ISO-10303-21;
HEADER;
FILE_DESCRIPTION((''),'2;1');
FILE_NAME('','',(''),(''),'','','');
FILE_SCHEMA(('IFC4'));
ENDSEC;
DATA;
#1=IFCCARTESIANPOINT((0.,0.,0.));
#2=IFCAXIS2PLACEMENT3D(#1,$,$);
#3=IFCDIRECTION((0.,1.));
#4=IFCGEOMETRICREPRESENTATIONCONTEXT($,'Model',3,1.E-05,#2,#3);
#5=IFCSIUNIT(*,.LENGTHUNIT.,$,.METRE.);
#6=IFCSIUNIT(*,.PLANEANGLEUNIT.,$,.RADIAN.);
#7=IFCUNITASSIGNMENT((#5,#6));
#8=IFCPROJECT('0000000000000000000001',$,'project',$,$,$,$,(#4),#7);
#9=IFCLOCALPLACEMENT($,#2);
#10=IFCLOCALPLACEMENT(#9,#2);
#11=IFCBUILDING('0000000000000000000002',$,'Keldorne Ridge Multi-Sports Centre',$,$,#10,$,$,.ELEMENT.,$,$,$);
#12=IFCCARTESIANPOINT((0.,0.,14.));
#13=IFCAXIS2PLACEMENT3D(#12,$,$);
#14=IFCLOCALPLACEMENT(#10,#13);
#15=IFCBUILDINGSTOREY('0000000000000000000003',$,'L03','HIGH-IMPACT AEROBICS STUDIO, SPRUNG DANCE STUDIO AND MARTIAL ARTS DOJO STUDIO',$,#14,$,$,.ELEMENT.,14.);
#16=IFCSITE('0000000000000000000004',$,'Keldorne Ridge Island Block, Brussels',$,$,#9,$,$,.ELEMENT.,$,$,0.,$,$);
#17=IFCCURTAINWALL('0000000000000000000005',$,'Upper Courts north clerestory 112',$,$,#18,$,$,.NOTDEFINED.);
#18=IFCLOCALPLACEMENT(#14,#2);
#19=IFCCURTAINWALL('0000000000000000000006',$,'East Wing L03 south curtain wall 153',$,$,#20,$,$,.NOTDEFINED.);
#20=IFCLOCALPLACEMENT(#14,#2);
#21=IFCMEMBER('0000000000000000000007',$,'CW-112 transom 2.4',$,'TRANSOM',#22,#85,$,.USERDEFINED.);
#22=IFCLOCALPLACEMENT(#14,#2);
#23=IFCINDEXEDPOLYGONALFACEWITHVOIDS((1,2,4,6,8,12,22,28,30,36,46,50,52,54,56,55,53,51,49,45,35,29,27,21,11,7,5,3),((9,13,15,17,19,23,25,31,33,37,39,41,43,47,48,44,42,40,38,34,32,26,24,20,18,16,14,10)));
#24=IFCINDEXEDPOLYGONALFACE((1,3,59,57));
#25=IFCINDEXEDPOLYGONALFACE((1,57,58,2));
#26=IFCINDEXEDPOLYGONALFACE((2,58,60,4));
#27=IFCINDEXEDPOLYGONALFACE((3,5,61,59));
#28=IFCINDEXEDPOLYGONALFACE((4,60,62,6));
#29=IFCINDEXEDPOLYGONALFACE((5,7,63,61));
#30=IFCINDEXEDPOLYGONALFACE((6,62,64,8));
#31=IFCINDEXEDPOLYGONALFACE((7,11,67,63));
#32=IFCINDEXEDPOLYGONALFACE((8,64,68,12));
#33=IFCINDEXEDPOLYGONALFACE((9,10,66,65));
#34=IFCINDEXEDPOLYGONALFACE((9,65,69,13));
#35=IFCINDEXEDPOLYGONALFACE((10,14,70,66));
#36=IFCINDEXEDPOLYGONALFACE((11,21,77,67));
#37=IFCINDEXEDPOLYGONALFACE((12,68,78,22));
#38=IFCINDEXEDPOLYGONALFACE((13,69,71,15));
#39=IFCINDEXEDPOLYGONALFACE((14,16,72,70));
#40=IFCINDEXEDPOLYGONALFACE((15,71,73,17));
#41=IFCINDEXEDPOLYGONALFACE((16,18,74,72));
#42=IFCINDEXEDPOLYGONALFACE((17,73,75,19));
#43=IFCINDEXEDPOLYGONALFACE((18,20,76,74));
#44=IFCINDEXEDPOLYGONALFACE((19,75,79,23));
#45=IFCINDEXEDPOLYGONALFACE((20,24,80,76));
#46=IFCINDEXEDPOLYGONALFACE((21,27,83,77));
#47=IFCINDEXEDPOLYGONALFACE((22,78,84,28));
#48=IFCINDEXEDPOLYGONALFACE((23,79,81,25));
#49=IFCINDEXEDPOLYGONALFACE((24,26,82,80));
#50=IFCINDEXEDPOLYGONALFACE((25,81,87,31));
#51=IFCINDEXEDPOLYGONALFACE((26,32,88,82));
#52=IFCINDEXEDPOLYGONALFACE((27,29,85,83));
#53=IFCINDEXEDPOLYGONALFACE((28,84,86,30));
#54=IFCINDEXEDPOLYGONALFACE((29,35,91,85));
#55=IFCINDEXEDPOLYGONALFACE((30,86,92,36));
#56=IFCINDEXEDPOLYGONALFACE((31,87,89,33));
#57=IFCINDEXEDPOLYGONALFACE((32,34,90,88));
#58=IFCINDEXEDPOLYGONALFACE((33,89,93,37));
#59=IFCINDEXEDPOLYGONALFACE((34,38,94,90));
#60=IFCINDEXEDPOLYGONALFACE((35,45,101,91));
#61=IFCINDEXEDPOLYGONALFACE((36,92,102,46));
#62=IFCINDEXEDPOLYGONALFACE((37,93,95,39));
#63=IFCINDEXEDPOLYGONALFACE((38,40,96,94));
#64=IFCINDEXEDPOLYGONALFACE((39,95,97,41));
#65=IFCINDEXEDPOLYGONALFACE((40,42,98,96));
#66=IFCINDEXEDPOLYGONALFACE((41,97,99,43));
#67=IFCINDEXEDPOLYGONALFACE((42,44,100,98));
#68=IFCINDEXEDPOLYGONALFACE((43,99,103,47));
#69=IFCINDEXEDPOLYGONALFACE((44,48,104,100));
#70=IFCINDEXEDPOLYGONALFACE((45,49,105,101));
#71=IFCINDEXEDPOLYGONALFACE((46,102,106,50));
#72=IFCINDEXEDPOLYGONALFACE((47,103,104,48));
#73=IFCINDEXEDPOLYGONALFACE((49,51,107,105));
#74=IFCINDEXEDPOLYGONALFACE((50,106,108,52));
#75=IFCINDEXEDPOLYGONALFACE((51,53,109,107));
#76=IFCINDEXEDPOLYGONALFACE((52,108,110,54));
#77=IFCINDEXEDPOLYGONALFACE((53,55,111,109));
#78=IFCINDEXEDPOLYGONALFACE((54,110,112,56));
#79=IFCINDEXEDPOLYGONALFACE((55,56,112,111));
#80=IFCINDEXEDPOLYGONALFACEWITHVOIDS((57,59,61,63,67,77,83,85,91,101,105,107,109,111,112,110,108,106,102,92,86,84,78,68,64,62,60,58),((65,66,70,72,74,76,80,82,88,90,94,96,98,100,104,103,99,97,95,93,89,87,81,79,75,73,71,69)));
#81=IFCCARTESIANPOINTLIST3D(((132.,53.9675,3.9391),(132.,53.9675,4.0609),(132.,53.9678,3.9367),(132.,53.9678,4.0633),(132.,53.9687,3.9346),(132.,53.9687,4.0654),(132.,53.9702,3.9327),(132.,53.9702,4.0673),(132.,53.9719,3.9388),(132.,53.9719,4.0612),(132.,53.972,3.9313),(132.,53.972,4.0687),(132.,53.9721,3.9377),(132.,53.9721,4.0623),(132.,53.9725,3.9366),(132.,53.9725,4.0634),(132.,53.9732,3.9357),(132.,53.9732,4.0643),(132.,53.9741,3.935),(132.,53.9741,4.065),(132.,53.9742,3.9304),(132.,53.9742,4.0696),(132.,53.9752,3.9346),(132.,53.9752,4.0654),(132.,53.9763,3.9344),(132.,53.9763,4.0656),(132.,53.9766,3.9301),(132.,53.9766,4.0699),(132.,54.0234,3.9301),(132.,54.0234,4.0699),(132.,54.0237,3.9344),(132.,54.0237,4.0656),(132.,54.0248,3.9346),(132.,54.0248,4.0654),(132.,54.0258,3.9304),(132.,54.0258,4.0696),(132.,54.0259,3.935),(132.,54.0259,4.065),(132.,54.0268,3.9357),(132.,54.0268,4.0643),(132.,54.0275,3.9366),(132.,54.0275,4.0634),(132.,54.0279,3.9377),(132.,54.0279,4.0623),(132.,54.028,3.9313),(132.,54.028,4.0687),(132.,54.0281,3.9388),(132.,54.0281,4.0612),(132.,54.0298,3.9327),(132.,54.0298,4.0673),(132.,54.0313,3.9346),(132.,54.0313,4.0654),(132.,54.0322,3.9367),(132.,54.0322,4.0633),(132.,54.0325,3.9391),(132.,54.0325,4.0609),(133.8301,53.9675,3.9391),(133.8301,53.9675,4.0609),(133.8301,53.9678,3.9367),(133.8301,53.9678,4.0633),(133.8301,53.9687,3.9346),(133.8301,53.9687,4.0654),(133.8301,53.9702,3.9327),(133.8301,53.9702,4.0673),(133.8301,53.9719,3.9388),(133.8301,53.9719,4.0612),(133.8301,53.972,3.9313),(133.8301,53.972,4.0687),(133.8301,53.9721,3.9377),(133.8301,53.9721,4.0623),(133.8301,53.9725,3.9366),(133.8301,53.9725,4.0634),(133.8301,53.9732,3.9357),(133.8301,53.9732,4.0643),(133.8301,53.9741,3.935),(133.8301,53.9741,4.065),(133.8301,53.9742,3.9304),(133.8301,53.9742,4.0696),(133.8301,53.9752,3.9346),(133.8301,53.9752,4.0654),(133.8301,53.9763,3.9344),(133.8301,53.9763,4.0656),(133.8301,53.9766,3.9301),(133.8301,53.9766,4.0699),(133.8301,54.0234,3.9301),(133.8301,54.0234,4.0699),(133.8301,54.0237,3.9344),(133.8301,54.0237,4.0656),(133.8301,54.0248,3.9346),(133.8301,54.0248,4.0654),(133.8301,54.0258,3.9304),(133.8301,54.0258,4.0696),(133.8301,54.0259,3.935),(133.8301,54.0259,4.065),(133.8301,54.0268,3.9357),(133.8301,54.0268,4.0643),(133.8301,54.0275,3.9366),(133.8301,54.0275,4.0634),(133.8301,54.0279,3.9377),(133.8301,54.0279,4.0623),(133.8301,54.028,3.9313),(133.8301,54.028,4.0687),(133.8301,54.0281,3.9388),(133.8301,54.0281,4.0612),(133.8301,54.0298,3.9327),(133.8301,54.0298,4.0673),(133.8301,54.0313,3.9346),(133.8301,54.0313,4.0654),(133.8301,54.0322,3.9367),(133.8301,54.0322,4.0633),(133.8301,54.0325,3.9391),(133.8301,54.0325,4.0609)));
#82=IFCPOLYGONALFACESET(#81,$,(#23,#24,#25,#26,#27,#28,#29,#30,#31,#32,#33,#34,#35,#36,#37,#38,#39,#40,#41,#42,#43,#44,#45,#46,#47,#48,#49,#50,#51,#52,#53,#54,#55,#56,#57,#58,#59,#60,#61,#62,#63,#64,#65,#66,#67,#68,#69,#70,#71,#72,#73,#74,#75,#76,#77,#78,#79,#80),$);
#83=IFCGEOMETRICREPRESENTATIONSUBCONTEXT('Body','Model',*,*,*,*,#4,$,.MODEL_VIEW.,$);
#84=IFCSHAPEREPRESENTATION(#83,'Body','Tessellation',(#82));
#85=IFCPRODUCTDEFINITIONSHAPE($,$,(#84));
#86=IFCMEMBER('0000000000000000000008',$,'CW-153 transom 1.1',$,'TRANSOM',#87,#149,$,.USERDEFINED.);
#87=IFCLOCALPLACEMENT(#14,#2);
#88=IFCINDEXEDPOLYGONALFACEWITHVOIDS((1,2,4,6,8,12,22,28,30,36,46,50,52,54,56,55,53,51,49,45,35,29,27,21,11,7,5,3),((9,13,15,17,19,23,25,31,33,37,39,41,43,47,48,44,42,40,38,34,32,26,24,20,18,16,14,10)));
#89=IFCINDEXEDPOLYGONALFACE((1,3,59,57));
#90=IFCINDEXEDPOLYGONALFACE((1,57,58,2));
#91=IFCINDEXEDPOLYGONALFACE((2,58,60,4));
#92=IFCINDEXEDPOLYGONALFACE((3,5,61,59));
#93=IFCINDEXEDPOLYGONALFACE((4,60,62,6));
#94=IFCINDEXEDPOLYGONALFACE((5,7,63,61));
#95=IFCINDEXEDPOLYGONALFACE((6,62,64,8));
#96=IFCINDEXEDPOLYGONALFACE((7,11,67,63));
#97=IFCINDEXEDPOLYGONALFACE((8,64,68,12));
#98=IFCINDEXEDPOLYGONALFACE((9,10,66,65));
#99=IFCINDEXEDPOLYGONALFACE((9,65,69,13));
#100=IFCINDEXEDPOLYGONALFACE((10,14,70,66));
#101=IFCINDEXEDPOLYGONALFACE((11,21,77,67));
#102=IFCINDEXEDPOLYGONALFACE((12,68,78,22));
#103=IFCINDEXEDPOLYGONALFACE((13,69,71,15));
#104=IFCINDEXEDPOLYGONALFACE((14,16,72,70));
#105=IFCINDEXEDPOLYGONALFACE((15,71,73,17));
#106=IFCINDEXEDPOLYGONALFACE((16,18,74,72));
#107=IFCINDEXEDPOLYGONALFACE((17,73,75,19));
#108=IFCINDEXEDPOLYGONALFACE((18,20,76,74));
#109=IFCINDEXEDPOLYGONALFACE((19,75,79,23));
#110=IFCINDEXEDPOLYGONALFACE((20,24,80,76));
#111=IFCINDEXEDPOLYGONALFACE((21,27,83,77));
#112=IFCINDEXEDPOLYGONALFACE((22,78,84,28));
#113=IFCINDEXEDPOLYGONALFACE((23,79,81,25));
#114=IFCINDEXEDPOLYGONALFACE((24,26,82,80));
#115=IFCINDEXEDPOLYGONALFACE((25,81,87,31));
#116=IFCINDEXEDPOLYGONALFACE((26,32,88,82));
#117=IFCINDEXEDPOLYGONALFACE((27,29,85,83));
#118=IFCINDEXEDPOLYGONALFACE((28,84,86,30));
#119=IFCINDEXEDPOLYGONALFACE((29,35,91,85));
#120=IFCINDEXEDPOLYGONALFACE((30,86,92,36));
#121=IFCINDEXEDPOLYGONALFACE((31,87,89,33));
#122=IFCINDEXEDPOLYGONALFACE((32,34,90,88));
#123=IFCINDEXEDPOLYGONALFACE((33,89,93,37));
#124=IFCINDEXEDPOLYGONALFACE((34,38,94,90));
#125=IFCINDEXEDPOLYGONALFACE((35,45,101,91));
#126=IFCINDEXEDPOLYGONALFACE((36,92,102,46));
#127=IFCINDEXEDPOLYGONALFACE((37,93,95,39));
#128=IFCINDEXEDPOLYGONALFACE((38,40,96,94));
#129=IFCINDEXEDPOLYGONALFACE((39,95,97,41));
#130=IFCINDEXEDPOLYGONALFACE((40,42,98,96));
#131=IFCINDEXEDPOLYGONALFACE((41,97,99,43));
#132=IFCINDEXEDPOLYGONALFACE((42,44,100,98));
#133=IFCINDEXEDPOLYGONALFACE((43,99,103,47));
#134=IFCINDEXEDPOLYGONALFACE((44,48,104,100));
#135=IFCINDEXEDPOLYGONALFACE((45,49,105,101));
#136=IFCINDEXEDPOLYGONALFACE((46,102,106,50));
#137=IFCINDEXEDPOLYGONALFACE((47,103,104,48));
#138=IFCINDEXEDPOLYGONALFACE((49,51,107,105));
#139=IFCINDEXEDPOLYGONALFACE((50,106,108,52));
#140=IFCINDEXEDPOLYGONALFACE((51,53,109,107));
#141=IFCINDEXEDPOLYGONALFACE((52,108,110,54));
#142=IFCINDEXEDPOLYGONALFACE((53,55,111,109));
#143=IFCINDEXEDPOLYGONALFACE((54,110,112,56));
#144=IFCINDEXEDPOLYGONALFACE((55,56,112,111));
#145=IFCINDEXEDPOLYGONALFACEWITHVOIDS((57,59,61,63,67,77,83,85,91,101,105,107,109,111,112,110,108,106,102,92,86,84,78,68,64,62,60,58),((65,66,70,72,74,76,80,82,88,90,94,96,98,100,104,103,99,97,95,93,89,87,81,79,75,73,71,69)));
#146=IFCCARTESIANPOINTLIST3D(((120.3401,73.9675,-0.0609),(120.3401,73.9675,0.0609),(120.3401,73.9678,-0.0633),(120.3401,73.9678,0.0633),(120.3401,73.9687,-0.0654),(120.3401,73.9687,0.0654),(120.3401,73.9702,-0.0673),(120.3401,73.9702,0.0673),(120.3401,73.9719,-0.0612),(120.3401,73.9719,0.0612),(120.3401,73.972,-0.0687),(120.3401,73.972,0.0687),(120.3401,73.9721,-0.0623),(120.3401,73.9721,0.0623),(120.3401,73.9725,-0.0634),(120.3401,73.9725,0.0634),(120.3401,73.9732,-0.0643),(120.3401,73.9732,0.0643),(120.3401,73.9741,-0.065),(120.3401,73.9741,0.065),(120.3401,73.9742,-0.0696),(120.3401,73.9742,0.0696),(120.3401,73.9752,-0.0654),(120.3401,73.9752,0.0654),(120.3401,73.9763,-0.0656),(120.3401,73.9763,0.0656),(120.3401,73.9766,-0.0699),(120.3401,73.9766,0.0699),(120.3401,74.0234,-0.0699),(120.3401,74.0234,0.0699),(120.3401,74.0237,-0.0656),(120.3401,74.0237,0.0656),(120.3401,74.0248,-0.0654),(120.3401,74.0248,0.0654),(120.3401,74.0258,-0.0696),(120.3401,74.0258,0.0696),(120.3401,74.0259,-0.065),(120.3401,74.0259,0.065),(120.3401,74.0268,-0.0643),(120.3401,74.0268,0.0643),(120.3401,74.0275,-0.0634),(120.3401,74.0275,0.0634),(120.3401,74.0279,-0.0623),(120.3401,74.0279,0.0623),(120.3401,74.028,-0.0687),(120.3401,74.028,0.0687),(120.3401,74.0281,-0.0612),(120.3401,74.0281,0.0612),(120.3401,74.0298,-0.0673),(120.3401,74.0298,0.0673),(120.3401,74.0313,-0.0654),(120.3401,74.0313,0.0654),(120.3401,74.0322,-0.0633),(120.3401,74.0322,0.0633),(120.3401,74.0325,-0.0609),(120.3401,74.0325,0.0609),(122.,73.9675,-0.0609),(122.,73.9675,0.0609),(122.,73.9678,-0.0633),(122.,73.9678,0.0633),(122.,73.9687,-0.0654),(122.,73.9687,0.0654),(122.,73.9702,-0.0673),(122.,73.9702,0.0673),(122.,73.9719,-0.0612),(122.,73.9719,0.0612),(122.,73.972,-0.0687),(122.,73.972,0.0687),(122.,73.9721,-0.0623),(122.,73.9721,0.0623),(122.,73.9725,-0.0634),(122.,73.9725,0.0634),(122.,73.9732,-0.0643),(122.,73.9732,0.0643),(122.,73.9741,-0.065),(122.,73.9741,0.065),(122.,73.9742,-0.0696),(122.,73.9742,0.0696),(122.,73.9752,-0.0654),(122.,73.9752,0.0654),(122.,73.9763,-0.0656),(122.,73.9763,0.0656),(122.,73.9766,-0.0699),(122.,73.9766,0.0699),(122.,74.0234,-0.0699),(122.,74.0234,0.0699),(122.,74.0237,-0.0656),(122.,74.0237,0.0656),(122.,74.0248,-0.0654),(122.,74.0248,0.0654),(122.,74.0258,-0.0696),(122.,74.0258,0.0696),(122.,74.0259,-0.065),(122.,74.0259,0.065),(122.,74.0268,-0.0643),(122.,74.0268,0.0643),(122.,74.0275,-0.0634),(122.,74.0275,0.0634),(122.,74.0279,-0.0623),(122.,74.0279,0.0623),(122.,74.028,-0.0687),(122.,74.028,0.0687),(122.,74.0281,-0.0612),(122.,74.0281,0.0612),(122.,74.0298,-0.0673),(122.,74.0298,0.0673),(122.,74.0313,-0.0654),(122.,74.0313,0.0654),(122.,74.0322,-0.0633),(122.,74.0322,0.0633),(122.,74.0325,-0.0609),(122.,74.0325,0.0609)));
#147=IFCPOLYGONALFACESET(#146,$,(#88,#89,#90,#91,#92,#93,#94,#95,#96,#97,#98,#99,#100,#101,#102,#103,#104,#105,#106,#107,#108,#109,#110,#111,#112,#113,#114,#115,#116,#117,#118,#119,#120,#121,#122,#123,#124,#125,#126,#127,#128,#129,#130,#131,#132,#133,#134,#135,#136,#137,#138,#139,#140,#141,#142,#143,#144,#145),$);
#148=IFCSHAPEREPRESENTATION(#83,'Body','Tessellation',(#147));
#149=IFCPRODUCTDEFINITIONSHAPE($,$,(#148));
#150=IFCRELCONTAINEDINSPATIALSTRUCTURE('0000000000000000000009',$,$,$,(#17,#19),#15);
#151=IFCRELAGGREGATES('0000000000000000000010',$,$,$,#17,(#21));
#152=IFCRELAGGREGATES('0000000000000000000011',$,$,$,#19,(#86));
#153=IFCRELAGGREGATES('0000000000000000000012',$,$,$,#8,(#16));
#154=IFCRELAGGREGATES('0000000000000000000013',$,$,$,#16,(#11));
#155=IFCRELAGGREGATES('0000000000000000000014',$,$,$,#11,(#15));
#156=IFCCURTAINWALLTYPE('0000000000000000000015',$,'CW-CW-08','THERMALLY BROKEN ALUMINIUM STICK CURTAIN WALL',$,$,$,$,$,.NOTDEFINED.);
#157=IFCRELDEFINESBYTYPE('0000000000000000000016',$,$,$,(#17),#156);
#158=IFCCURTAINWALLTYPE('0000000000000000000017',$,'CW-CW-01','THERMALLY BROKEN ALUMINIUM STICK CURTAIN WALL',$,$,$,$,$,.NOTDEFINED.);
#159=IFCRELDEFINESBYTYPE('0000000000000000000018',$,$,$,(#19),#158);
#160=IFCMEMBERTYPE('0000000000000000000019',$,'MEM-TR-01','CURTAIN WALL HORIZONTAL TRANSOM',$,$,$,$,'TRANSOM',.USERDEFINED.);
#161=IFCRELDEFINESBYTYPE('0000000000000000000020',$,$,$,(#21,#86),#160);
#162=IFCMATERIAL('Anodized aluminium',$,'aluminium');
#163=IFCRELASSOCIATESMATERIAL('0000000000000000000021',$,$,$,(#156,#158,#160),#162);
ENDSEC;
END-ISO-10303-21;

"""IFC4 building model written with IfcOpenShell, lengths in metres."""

from ifc_helpers import new_model, si_unit, direction, frame, origin, origin_2d, place, context, subcontext, project, spatial, hollow_rectangle, extrude, material, material_profile, profile_set, type_object, element, aggregate, save


model = new_model("IFC4")

# Units and contexts
model_context = context("Model", 3, precision=1e-05, world=origin(), true_north=direction((0.0, 1.0)))
body_context = subcontext(model_context, "Body", "Model", "MODEL_VIEW")
ifc_project = project(units=[si_unit("LENGTHUNIT", "METRE"), si_unit("PLANEANGLEUNIT", "RADIAN")], contexts=[model_context])

# Site, building, storey
site_placement = place(None, origin())
site = spatial("IfcSite", under=ifc_project, at=site_placement, Name="Keldorne Ridge Island Block, Brussels", CompositionType="ELEMENT", RefElevation=0.0)
building_placement = place(site_placement, origin())
building = spatial("IfcBuilding", under=site, at=building_placement, Name="Keldorne Ridge Multi-Sports Centre", CompositionType="ELEMENT")
storey_placement = place(building_placement, frame((0.0, 0.0, 14.0)))
storey = spatial("IfcBuildingStorey", under=building, at=storey_placement, Name="L03", Description="HIGH-IMPACT AEROBICS STUDIO, SPRUNG DANCE STUDIO AND MARTIAL ARTS DOJO STUDIO", CompositionType="ELEMENT", Elevation=14.0)

# Curtain wall
ifc_material_1 = material(Name="Anodized aluminium", Category="aluminium")
curtain_wall_type_1 = type_object("IfcCurtainWallType", Name="CW-CW-08", Description="THERMALLY BROKEN ALUMINIUM STICK CURTAIN WALL", PredefinedType="NOTDEFINED", material=ifc_material_1)
curtain_wall_1_placement = place(storey_placement, origin())
curtain_wall_1 = element("IfcCurtainWall", 1, at=curtain_wall_1_placement, inside=storey, type_object=curtain_wall_type_1, Name="Upper Courts north clerestory 112", PredefinedType="NOTDEFINED")

# Curtain wall
curtain_wall_type_2 = type_object("IfcCurtainWallType", Name="CW-CW-01", Description="THERMALLY BROKEN ALUMINIUM STICK CURTAIN WALL", PredefinedType="NOTDEFINED", material=ifc_material_1)
curtain_wall_2_placement = place(storey_placement, origin())
curtain_wall_2 = element("IfcCurtainWall", 2, at=curtain_wall_2_placement, inside=storey, type_object=curtain_wall_type_2, Name="East Wing L03 south curtain wall 153", PredefinedType="NOTDEFINED")

# Members
ifc_material_profile_1 = material_profile(ifc_material_1, hollow_rectangle(XDim=0.0649, YDim=0.1399, WallThickness=0.0044, InnerFilletRadius=0.0044, OuterFilletRadius=0.009, at=origin_2d()), Name="ALU TRANSOM 140x65x4.5")
ifc_profile_set_1 = profile_set([ifc_material_profile_1], Name="Anodized aluminium")
member_type_1 = type_object("IfcMemberType", Name="MEM-TR-01", Description="CURTAIN WALL HORIZONTAL TRANSOM", ElementType="TRANSOM", PredefinedType="USERDEFINED", material=ifc_profile_set_1)
member_1_placement = place(storey_placement, frame((133.8301, 54.0, 4.0), z_axis=(-1.0, 0.0, 0.0), x_axis=(0.0, -1.0, 0.0)))
member_1 = element("IfcMember", 3, at=member_1_placement, type_object=member_type_1, Name="CW-112 transom 2.4", ObjectType="TRANSOM", PredefinedType="USERDEFINED", context=body_context, shape_type="SweptSolid", body=[
    extrude(hollow_rectangle(XDim=0.0649, YDim=0.1399, WallThickness=0.0044, InnerFilletRadius=0.0044, OuterFilletRadius=0.009, at=origin_2d()), origin(), (0.0, 0.0, 1.0), 1.8301),
])
member_2_placement = place(storey_placement, frame((120.3401, 74.0, 0.0), z_axis=(1.0, 0.0, 0.0), x_axis=(0.0, 1.0, 0.0)))
member_2 = element("IfcMember", 4, at=member_2_placement, type_object=member_type_1, Name="CW-153 transom 1.1", ObjectType="TRANSOM", PredefinedType="USERDEFINED", context=body_context, shape_type="SweptSolid", body=[
    extrude(hollow_rectangle(XDim=0.0649, YDim=0.1399, WallThickness=0.0044, InnerFilletRadius=0.0044, OuterFilletRadius=0.009, at=origin_2d()), origin(), (0.0, 0.0, 1.0), 1.6599),
])

aggregate(curtain_wall_1, [member_1])
aggregate(curtain_wall_2, [member_2])

save(model, "model.ifc")
